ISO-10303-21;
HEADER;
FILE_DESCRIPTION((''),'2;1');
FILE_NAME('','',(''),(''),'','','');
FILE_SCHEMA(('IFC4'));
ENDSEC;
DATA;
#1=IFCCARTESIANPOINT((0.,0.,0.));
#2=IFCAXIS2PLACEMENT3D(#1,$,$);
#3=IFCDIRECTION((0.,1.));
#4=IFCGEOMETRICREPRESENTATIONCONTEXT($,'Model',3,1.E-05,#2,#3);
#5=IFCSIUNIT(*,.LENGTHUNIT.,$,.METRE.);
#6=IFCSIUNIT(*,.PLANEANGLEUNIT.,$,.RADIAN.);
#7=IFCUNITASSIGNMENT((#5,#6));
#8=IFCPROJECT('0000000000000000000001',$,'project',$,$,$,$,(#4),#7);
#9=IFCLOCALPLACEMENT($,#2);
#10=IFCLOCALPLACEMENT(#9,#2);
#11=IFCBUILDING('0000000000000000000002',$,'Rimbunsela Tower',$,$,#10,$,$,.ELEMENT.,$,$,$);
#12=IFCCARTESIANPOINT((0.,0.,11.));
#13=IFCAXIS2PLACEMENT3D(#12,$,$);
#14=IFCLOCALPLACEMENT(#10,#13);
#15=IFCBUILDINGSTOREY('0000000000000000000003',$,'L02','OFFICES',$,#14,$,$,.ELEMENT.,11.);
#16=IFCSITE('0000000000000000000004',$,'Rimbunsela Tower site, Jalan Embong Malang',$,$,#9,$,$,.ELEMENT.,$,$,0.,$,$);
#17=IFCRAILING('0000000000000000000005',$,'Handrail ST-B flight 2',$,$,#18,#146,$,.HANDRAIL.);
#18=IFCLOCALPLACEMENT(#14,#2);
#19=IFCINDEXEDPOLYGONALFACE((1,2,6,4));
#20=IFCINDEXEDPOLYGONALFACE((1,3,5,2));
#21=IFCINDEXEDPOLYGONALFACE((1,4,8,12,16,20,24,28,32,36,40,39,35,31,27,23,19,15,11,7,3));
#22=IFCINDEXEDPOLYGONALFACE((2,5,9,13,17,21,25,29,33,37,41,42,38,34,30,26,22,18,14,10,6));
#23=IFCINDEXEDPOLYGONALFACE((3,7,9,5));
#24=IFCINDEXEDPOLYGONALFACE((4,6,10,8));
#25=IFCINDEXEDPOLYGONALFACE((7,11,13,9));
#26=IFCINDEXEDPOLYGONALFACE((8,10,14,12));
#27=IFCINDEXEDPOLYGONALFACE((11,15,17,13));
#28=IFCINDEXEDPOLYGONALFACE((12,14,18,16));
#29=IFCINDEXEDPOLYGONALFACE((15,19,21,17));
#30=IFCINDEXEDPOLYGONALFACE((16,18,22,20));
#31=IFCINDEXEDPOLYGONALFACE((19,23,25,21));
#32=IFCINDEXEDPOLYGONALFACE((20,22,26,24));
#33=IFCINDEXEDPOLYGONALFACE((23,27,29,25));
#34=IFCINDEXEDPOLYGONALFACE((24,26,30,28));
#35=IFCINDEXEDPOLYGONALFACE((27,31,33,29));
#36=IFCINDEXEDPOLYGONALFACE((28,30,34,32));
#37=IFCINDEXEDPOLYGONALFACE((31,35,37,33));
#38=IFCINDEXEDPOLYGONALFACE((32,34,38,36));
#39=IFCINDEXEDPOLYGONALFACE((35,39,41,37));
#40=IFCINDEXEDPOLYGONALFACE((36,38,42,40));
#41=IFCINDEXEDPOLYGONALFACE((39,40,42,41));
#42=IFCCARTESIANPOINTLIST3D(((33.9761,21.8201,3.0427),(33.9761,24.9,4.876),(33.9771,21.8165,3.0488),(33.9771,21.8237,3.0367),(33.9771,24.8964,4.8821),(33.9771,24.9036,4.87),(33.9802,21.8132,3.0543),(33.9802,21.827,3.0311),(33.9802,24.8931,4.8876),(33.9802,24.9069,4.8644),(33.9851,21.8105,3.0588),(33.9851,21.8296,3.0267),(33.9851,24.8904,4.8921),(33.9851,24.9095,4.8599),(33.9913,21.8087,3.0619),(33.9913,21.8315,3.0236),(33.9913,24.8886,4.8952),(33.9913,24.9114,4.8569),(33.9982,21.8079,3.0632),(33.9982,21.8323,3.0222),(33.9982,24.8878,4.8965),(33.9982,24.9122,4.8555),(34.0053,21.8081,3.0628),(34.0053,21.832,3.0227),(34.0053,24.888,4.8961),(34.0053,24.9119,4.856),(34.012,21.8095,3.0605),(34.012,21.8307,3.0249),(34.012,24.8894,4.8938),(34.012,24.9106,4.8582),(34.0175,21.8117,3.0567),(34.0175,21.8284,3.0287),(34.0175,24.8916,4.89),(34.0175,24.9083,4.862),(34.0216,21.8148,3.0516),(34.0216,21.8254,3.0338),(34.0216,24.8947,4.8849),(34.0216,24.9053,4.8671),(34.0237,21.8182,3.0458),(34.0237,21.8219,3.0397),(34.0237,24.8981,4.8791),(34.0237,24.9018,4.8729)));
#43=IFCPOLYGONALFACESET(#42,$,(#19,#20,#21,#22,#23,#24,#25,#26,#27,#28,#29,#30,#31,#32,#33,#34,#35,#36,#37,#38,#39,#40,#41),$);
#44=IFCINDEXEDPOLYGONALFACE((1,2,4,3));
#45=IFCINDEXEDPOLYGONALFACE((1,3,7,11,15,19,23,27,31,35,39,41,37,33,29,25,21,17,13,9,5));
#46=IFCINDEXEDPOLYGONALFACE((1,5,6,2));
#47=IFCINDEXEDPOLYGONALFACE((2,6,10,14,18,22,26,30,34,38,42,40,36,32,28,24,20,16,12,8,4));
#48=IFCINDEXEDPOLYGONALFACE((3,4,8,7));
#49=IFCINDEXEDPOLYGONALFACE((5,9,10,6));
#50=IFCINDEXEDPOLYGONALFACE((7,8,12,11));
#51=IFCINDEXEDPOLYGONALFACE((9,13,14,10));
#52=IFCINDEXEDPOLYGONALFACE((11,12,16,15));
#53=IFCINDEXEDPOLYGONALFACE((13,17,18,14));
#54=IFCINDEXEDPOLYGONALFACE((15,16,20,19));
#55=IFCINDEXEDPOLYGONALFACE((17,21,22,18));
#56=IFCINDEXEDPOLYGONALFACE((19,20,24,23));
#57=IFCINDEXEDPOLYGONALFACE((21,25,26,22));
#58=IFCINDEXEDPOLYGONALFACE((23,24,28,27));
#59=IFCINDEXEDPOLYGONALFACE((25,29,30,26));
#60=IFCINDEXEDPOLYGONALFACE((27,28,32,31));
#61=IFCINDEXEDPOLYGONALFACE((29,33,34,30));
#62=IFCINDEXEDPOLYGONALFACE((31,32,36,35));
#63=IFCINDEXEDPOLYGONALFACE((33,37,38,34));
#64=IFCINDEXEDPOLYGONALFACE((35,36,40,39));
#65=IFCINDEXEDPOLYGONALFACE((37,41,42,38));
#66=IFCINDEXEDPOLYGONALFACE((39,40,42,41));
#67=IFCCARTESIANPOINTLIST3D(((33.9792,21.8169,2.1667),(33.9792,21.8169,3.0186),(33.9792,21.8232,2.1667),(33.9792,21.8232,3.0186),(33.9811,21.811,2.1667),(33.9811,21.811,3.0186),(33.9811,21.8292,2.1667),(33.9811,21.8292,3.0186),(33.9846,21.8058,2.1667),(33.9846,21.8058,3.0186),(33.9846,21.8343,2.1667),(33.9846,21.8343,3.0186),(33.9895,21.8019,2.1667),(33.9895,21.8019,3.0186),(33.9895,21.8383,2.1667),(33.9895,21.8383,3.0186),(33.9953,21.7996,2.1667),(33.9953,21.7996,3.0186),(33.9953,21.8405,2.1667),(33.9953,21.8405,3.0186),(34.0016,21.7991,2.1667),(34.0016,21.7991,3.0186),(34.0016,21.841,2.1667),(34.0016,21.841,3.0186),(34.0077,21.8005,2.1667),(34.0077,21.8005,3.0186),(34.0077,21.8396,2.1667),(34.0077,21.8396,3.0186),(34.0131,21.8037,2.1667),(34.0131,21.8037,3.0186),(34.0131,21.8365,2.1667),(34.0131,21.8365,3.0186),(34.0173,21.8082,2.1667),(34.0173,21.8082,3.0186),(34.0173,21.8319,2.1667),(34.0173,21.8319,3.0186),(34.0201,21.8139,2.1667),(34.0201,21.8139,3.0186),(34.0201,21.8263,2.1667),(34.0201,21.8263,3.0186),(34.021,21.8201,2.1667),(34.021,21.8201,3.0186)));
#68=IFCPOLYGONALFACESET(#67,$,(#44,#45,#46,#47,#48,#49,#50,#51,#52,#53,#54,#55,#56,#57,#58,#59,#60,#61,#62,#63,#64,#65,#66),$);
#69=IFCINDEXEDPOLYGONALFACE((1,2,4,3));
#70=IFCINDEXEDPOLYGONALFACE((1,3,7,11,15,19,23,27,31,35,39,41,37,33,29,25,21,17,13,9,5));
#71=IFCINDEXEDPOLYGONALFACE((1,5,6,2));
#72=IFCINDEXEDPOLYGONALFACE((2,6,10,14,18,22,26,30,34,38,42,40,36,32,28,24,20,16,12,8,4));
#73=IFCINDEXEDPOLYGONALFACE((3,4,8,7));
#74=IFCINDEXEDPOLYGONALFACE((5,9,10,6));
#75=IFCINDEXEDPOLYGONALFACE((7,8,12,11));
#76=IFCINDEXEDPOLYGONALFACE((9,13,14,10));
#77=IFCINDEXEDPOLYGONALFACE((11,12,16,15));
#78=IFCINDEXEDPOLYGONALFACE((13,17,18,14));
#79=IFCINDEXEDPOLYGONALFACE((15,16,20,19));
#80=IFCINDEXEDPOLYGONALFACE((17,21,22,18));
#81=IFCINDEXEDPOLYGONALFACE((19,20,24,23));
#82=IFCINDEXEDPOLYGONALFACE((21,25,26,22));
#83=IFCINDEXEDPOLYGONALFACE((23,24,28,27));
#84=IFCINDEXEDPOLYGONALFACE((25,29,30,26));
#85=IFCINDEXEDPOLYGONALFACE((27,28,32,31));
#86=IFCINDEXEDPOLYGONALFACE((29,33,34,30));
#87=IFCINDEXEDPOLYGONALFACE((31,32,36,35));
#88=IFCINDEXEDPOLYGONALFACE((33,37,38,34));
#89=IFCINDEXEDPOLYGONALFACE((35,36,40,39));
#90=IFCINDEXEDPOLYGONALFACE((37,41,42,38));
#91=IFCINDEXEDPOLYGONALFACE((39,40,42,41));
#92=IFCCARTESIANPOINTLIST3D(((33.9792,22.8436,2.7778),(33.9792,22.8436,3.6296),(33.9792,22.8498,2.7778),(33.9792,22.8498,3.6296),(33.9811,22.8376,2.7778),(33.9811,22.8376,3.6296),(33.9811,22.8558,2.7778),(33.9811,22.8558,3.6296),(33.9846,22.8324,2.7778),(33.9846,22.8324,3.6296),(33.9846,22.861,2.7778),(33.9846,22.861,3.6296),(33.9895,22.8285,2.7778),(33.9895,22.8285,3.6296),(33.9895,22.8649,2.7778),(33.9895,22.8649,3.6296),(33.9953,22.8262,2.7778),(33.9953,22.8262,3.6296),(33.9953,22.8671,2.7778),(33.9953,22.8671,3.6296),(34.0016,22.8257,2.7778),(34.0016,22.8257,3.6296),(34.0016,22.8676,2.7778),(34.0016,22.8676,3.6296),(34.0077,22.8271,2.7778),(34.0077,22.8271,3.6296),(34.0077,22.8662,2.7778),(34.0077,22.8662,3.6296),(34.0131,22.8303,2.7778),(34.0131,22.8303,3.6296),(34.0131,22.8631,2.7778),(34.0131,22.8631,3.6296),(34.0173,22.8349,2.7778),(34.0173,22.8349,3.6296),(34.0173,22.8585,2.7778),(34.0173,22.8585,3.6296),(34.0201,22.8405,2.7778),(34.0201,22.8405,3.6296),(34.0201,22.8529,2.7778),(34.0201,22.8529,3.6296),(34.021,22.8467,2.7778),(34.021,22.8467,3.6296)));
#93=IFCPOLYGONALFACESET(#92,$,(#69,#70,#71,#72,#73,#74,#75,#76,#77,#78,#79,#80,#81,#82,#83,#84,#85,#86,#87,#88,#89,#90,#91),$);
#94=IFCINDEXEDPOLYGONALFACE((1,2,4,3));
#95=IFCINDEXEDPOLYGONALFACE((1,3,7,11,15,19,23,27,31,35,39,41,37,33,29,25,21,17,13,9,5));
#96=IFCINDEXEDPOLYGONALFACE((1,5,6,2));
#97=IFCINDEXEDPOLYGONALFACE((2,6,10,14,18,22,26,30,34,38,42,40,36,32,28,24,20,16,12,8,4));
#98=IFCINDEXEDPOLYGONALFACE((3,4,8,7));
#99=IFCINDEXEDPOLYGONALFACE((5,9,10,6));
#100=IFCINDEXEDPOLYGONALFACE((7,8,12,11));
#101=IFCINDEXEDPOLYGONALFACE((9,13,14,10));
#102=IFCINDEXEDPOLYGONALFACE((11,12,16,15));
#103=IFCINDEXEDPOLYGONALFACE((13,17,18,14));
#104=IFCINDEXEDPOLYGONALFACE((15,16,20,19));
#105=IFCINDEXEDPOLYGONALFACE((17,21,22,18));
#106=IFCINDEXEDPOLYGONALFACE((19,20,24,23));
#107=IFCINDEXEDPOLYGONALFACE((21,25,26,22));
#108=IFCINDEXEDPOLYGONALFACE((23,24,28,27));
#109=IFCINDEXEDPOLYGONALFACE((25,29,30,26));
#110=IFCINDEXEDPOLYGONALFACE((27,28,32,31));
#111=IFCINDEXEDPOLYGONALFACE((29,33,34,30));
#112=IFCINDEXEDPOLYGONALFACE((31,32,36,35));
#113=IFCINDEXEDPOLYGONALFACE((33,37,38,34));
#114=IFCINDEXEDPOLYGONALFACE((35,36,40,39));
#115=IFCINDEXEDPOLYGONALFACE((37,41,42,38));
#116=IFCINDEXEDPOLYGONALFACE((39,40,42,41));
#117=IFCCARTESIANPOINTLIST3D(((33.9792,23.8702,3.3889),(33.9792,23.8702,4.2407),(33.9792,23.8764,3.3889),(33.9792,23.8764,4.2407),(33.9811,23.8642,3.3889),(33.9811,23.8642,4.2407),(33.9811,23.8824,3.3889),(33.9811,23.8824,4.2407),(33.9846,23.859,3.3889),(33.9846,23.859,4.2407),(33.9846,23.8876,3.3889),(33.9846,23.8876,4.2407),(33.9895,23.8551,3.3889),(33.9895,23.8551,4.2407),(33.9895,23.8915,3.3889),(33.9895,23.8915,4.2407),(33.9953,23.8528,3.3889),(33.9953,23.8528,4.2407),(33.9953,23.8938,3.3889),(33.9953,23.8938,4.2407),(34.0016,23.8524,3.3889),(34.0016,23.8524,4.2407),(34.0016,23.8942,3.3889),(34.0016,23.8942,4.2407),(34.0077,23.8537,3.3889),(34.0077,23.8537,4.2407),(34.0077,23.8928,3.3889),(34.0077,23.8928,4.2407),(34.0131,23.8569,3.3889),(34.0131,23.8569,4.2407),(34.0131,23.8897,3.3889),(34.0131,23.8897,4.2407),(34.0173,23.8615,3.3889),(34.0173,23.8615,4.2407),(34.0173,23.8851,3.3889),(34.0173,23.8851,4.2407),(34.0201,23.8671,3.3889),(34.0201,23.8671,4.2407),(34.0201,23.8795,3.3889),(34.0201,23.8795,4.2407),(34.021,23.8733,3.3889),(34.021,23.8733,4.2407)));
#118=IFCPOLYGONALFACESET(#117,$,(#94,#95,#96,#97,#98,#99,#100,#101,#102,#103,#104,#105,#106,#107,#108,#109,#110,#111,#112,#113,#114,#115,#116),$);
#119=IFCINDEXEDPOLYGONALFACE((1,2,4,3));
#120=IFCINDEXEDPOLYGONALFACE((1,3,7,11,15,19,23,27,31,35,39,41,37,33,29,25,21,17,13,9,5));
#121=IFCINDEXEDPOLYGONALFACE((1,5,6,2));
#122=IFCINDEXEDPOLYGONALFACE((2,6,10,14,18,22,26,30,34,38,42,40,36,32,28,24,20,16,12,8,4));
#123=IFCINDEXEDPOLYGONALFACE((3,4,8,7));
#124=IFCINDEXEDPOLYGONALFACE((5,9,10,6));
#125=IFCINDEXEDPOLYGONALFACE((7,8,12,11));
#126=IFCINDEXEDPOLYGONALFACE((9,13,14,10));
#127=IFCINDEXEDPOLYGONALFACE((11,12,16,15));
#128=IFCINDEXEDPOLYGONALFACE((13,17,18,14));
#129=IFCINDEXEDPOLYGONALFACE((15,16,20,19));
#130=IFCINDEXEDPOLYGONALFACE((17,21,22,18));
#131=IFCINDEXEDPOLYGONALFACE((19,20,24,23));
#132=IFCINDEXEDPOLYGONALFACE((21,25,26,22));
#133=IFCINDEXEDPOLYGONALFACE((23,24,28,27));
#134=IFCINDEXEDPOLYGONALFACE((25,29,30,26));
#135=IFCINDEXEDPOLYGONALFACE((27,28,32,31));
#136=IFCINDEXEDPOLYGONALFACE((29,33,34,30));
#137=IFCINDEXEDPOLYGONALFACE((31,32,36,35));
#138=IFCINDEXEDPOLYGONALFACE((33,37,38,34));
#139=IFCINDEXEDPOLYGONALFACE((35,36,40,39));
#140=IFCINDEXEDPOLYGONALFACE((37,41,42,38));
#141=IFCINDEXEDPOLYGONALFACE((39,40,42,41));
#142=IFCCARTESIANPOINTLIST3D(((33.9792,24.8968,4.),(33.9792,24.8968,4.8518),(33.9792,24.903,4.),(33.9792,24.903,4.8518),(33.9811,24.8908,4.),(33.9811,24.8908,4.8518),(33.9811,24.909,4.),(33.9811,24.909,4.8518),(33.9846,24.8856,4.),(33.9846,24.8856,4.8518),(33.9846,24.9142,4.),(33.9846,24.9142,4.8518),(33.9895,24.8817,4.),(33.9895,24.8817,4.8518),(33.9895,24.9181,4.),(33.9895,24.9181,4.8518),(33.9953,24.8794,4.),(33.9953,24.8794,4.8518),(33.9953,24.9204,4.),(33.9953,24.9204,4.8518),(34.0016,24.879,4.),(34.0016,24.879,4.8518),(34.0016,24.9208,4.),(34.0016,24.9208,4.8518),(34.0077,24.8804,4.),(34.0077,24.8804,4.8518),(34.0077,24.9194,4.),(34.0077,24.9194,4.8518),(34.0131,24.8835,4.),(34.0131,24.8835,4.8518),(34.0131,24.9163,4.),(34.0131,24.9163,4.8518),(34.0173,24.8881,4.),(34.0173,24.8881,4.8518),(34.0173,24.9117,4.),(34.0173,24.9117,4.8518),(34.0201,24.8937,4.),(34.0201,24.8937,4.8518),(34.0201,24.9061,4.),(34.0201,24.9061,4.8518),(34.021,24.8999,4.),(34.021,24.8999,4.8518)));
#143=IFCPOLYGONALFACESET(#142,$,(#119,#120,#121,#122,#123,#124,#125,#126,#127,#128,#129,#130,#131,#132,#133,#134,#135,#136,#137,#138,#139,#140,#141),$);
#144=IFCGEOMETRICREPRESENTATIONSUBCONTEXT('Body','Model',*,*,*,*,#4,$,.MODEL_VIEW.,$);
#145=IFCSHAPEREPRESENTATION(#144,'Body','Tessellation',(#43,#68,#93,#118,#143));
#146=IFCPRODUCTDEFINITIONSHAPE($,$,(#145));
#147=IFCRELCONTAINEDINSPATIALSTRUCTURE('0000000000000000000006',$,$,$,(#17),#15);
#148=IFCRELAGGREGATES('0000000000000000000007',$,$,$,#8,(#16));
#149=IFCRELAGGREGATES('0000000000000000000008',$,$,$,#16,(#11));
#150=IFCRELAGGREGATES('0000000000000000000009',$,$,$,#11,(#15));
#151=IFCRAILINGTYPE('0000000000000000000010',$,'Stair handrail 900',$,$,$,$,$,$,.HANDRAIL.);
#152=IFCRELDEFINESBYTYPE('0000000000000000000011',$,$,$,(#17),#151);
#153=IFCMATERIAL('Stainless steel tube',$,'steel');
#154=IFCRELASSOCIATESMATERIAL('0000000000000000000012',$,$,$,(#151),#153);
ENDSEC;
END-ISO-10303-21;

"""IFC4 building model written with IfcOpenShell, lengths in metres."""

from ifc_helpers import new_model, si_unit, direction, frame, origin, origin_2d, place, context, subcontext, project, spatial, circle, extrude, material, type_object, element, save


model = new_model("IFC4")

# Units and contexts
model_context = context("Model", 3, precision=1e-05, world=origin(), true_north=direction((0.0, 1.0)))
body_context = subcontext(model_context, "Body", "Model", "MODEL_VIEW")
ifc_project = project(units=[si_unit("LENGTHUNIT", "METRE"), si_unit("PLANEANGLEUNIT", "RADIAN")], contexts=[model_context])

# Site, building, storey
site_placement = place(None, origin())
site = spatial("IfcSite", under=ifc_project, at=site_placement, Name="Rimbunsela Tower site, Jalan Embong Malang", CompositionType="ELEMENT", RefElevation=0.0)
building_placement = place(site_placement, origin())
building = spatial("IfcBuilding", under=site, at=building_placement, Name="Rimbunsela Tower", CompositionType="ELEMENT")
storey_placement = place(building_placement, frame((0.0, 0.0, 11.0)))
storey = spatial("IfcBuildingStorey", under=building, at=storey_placement, Name="L02", Description="OFFICES", CompositionType="ELEMENT", Elevation=11.0)

# Railing
ifc_material_1 = material(Name="Stainless steel tube", Category="steel")
railing_type = type_object("IfcRailingType", Name="Stair handrail 900", PredefinedType="HANDRAIL", material=ifc_material_1)
railing_1_placement = place(storey_placement, frame((34.0, 21.8201, 2.1667)))
element("IfcRailing", 1, at=railing_1_placement, inside=storey, type_object=railing_type, Name="Handrail ST-B flight 2", PredefinedType="HANDRAIL", context=body_context, shape_type="SweptSolid", body=[
    extrude(circle(Radius=0.0239, at=origin_2d()), frame((0.0, 0.0, 0.876), z_axis=(0.0, 0.859291, 0.511487), x_axis=(-1.0, 0.0, 0.0)), (0.0, 0.0, 1.0), 3.5842),
    extrude(circle(Radius=0.021, at=origin_2d()), origin(), (0.0, 0.0, 1.0), 0.8518),
    extrude(circle(Radius=0.021, at=origin_2d()), frame((0.0, 1.0266, 0.6111)), (0.0, 0.0, 1.0), 0.8518),
    extrude(circle(Radius=0.021, at=origin_2d()), frame((0.0, 2.0532, 1.2222)), (0.0, 0.0, 1.0), 0.8518),
    extrude(circle(Radius=0.021, at=origin_2d()), frame((0.0, 3.0798, 1.8333)), (0.0, 0.0, 1.0), 0.8518),
])

save(model, "model.ifc")
